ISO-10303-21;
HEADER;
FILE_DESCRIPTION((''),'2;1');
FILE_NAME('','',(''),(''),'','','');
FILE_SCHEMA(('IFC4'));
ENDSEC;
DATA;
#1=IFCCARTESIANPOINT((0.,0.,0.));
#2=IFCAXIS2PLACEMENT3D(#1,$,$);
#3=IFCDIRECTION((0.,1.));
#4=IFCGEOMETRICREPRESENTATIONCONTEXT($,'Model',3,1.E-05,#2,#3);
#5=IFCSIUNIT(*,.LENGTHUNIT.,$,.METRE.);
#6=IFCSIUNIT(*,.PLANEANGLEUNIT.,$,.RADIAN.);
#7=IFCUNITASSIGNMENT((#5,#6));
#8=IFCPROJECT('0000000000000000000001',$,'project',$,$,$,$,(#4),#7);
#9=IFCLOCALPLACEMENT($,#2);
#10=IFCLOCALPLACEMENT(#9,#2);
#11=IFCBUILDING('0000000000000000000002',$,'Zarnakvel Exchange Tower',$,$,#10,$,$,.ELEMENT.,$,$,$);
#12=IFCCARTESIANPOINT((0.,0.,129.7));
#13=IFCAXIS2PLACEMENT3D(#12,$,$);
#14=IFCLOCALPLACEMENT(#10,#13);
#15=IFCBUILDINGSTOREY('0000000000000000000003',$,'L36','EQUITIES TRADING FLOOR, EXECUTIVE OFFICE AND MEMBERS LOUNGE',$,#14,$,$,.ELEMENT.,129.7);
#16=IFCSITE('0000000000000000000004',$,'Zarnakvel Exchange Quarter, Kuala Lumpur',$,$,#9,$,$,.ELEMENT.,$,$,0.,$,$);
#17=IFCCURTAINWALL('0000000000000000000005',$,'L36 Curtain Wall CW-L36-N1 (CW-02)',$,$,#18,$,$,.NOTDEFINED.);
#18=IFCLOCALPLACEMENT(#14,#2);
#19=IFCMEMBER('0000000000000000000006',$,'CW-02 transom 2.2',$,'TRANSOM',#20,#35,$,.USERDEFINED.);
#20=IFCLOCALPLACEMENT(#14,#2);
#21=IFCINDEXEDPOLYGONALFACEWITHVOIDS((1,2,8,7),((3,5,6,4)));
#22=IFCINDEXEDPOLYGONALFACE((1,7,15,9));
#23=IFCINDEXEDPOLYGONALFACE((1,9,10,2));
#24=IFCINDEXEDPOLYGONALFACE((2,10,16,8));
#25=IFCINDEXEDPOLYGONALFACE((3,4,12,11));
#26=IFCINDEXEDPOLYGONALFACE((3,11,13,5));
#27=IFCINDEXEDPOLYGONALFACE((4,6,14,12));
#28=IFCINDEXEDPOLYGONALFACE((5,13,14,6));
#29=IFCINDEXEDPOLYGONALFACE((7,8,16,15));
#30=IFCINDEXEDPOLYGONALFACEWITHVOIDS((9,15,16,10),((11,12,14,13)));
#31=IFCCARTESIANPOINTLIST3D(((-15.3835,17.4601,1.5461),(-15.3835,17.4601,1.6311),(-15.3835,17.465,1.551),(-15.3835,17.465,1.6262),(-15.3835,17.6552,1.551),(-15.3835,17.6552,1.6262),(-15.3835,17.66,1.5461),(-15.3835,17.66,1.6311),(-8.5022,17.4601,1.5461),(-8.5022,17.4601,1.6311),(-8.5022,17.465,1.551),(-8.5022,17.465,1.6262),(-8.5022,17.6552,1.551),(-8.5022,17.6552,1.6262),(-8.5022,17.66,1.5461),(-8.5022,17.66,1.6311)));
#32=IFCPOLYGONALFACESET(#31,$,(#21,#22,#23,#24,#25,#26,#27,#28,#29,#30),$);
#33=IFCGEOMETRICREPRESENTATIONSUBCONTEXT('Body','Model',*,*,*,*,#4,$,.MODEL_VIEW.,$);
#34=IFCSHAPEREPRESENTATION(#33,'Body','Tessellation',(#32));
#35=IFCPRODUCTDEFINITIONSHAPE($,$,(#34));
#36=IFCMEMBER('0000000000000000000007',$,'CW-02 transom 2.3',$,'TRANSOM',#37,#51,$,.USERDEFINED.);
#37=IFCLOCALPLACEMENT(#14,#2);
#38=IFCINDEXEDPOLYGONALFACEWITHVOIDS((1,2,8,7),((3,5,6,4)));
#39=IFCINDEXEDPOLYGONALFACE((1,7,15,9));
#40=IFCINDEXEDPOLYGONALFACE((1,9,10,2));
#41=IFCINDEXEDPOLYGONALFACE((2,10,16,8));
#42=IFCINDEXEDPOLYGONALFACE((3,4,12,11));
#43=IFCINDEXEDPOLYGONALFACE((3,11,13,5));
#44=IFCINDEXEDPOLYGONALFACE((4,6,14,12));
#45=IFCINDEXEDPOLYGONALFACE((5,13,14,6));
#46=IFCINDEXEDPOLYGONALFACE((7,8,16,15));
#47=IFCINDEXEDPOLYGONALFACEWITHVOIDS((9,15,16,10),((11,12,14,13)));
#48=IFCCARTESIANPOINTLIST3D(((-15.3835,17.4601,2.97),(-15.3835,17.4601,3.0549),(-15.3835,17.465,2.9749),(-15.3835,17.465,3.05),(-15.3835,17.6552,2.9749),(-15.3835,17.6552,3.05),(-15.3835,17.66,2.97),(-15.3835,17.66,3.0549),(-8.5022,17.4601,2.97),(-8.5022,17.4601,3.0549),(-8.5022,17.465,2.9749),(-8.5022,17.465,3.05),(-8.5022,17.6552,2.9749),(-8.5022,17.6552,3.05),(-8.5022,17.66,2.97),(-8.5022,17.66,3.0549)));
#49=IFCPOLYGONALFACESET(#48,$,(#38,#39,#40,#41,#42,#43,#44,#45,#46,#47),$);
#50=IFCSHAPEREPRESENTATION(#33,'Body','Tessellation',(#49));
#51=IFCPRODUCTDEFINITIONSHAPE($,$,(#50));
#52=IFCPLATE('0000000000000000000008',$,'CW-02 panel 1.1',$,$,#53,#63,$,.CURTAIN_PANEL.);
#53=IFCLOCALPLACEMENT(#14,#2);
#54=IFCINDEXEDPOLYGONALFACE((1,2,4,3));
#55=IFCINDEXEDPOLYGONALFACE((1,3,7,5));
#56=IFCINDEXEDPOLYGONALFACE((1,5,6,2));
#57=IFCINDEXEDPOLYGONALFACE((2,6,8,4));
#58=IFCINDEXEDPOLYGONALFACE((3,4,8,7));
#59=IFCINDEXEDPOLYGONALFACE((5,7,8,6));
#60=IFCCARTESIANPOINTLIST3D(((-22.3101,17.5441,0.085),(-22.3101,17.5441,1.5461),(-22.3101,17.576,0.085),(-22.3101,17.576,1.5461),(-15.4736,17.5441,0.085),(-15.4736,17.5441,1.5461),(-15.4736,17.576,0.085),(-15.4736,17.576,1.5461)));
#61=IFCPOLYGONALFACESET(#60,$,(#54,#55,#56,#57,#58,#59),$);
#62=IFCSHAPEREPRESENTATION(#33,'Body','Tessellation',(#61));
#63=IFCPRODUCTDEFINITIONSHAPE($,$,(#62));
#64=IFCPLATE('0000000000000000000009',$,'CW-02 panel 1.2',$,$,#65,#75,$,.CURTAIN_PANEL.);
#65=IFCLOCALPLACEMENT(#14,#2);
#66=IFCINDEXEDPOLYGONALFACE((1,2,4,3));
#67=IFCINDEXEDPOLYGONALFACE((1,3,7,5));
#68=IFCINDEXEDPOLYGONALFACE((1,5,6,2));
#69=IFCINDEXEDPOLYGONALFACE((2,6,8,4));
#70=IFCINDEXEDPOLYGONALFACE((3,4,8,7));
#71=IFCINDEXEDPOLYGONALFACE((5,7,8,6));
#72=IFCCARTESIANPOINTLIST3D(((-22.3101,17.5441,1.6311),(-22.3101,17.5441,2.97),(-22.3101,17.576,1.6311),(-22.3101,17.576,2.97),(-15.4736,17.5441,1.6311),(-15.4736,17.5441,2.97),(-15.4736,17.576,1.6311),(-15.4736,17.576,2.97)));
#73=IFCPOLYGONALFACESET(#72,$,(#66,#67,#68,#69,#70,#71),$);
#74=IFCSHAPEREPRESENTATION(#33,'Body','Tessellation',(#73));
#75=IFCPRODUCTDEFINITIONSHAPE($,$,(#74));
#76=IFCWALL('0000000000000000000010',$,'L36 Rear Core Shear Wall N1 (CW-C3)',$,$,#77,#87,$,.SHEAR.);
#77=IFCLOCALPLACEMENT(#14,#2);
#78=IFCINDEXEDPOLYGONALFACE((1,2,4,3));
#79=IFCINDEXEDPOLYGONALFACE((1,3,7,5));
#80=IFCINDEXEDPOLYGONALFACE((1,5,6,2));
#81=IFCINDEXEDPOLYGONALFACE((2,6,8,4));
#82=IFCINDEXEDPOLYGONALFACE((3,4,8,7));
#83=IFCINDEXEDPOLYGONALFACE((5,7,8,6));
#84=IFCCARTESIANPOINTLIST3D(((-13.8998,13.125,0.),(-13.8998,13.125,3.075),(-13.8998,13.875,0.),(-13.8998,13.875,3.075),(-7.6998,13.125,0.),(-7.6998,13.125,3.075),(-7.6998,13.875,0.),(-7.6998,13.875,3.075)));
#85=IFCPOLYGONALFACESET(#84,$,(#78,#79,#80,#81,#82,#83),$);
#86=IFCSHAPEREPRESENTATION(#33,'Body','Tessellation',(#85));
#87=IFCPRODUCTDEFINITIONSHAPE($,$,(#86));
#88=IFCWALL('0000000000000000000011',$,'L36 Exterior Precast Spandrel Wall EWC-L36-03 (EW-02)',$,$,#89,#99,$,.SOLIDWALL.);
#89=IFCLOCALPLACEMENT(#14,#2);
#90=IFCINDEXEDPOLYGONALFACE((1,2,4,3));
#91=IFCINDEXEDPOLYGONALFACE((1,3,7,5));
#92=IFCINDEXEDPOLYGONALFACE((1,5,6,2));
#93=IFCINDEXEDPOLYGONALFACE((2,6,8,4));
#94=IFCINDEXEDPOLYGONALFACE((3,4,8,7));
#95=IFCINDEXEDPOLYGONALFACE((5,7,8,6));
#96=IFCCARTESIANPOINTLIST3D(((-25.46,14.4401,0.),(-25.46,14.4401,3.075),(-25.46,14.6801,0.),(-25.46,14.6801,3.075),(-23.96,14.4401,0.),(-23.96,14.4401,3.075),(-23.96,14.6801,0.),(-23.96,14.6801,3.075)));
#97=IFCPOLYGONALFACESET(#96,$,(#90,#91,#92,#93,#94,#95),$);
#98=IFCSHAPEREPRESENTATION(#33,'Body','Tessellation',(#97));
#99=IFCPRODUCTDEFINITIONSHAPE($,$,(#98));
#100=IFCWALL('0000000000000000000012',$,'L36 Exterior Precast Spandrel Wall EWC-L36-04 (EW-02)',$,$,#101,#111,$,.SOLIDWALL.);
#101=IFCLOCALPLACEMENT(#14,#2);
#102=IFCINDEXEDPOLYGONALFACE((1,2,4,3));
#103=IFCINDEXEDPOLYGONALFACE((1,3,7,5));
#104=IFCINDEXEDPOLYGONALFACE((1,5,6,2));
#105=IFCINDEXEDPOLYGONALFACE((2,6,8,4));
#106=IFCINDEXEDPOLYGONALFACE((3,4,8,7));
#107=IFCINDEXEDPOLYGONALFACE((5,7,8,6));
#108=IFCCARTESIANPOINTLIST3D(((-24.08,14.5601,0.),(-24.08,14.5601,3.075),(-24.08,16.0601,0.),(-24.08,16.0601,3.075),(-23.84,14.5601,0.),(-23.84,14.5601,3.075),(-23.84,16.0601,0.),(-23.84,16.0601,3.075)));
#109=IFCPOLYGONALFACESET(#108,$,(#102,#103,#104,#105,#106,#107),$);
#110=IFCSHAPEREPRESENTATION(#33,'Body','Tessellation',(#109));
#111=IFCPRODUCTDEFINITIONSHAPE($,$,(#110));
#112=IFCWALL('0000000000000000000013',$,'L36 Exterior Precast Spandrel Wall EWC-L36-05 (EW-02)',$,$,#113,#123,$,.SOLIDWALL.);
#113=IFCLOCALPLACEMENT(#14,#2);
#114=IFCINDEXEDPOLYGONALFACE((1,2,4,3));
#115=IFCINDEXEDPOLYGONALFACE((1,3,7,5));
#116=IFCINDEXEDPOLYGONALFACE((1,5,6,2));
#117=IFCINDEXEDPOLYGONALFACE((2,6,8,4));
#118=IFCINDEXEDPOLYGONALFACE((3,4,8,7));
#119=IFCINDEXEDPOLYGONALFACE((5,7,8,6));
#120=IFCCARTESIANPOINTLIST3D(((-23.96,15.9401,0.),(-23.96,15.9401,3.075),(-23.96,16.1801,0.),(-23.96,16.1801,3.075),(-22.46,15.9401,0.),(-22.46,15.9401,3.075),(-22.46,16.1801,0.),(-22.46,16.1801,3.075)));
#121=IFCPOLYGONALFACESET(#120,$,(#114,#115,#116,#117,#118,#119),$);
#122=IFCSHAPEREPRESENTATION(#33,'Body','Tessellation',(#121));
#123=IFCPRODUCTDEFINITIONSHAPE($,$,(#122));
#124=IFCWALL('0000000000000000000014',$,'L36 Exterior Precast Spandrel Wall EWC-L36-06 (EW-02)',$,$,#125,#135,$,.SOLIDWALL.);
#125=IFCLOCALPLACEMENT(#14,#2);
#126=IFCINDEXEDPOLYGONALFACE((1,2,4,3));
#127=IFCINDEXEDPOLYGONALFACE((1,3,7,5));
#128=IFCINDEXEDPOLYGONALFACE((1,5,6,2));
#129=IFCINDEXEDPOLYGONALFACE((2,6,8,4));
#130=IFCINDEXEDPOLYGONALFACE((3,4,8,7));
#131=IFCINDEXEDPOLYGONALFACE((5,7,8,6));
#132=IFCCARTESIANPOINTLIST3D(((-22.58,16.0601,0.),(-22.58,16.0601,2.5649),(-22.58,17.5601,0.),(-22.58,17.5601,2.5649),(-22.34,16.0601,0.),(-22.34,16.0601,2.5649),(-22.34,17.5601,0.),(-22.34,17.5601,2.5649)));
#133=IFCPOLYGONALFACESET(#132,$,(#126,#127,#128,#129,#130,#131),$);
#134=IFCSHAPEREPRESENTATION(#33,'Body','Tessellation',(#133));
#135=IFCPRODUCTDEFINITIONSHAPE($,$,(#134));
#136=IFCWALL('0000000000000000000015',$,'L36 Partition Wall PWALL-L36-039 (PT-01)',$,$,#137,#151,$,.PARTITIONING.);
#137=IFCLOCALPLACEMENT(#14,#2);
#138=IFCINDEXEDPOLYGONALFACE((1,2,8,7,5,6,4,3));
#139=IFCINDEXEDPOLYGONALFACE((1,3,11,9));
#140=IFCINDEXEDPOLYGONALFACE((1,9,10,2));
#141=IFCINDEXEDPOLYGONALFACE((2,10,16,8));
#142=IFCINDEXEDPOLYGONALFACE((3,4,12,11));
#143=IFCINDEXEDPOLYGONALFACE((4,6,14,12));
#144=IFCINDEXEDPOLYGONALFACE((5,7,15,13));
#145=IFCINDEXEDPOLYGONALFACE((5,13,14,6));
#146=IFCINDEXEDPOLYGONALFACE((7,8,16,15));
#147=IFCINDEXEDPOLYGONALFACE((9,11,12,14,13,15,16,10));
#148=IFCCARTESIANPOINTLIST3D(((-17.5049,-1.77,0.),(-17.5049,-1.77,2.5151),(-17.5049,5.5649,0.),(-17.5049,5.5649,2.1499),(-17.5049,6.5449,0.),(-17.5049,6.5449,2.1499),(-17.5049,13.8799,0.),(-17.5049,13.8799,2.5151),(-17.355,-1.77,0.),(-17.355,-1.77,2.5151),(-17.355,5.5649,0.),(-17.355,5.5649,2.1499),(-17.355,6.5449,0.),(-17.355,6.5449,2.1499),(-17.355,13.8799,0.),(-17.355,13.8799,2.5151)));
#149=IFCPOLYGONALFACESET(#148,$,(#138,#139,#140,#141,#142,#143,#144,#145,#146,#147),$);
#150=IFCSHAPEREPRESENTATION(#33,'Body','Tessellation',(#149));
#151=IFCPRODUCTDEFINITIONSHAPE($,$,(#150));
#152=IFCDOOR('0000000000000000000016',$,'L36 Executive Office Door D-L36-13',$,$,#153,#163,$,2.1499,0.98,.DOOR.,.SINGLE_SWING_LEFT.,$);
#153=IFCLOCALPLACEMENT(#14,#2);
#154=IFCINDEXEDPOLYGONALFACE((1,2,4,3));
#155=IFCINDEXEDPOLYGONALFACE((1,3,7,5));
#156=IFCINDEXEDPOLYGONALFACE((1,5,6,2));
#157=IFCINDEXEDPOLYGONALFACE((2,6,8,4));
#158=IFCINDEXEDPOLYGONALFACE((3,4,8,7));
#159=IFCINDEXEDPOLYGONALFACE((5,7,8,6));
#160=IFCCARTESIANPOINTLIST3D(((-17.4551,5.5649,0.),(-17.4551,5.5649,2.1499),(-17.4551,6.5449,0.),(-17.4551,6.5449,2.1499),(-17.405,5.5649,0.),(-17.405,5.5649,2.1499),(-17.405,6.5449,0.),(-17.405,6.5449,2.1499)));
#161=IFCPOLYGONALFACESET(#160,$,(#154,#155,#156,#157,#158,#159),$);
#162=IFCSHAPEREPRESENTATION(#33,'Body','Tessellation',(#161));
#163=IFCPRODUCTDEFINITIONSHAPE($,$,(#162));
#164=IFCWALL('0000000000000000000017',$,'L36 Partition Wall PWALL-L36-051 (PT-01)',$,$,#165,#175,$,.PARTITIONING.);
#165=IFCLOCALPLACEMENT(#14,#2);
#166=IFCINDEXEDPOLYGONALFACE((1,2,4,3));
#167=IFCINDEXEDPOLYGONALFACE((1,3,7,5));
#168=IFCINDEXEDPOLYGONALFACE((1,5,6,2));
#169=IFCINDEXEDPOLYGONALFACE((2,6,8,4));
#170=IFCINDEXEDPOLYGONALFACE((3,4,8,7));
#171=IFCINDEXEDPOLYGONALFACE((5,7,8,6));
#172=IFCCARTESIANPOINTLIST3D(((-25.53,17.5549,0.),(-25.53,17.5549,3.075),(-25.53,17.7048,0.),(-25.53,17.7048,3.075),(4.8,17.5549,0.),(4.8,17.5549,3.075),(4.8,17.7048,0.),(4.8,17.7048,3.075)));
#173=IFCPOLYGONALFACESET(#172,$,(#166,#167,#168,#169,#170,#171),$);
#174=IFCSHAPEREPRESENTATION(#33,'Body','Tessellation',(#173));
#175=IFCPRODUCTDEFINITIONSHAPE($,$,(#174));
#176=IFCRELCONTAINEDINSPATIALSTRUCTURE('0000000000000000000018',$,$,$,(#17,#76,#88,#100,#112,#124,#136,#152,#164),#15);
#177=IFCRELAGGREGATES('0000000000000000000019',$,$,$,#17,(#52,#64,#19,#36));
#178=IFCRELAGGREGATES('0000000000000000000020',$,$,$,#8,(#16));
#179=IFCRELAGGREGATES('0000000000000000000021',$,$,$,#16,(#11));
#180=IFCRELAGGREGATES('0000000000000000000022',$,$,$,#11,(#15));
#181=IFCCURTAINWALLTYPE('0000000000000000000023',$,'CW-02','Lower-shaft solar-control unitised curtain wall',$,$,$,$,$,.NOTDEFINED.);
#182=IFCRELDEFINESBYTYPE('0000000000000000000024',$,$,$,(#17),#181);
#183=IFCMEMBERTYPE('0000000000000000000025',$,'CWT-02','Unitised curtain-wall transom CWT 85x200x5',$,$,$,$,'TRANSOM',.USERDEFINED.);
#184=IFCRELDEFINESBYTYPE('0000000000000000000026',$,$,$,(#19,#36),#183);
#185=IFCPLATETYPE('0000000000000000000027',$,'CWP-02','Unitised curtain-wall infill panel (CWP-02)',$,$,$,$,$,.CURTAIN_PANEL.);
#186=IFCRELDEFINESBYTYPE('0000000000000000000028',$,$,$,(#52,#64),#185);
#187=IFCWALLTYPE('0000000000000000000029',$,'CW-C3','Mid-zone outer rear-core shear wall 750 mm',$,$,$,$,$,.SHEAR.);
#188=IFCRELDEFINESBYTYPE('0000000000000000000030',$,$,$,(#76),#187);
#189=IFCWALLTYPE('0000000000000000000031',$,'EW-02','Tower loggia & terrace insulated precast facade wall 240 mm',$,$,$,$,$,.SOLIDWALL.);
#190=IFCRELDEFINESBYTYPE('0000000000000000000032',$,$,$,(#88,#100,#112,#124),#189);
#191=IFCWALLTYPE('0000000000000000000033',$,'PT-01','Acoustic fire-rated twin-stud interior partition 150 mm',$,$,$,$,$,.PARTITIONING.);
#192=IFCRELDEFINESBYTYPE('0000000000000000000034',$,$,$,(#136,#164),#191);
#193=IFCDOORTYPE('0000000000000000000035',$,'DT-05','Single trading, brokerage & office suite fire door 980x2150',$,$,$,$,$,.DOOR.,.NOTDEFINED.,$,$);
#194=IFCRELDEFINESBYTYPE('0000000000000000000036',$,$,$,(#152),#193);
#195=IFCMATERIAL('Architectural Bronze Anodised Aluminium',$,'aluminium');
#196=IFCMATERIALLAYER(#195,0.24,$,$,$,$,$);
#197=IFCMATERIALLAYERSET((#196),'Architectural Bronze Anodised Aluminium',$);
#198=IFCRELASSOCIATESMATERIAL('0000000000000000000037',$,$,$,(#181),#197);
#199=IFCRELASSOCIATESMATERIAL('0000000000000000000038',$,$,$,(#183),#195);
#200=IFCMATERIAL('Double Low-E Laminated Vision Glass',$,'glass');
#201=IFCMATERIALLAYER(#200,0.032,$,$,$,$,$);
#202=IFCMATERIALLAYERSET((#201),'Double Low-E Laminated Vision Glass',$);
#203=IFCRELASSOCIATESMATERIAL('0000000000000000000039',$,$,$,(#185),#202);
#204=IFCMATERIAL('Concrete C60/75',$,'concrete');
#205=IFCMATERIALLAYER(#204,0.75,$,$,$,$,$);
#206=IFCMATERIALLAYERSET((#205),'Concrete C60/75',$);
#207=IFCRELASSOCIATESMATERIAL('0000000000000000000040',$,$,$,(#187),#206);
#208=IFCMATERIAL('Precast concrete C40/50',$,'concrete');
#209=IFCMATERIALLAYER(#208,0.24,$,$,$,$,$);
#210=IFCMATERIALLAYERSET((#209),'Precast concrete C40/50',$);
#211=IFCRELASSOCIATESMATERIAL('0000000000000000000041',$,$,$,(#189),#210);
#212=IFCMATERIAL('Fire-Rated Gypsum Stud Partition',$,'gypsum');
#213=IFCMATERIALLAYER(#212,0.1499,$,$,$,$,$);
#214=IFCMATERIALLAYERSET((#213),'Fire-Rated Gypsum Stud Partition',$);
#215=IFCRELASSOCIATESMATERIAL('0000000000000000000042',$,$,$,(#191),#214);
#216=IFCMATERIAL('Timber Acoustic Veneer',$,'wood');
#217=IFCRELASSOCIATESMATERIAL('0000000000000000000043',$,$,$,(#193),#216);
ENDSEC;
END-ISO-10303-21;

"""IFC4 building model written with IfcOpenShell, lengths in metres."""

from ifc_helpers import new_model, si_unit, direction, frame, frame_2d, origin, origin_2d, place, context, subcontext, project, spatial, rectangle, hollow_rectangle, extrude, source, transform, mapped, material, layer, layer_set, material_profile, profile_set, type_object, element, fill, aggregate, save


model = new_model("IFC4")

# Units and contexts
model_context = context("Model", 3, precision=1e-05, world=origin(), true_north=direction((0.0, 1.0)))
body_context = subcontext(model_context, "Body", "Model", "MODEL_VIEW")
ifc_project = project(units=[si_unit("LENGTHUNIT", "METRE"), si_unit("PLANEANGLEUNIT", "RADIAN")], contexts=[model_context])

# Site, building, storey
site_placement = place(None, origin())
site = spatial("IfcSite", under=ifc_project, at=site_placement, Name="Zarnakvel Exchange Quarter, Kuala Lumpur", CompositionType="ELEMENT", RefElevation=0.0)
building_placement = place(site_placement, origin())
building = spatial("IfcBuilding", under=site, at=building_placement, Name="Zarnakvel Exchange Tower", CompositionType="ELEMENT")
storey_placement = place(building_placement, frame((0.0, 0.0, 129.7)))
storey = spatial("IfcBuildingStorey", under=building, at=storey_placement, Name="L36", Description="EQUITIES TRADING FLOOR, EXECUTIVE OFFICE AND MEMBERS LOUNGE", CompositionType="ELEMENT", Elevation=129.7)

# Shared definitions
ifc_material_1 = material(Name="Concrete C60/75", Category="concrete")

# Curtain wall
ifc_material_2 = material(Name="Architectural Bronze Anodised Aluminium", Category="aluminium")
ifc_layer_1 = layer(ifc_material_2, 0.24)
ifc_layer_set_1 = layer_set([ifc_layer_1], Name="Architectural Bronze Anodised Aluminium")
curtain_wall_type_1 = type_object("IfcCurtainWallType", Name="CW-02", Description="Lower-shaft solar-control unitised curtain wall", PredefinedType="NOTDEFINED", material=ifc_layer_set_1)
curtain_wall_1_placement = place(storey_placement, origin())
curtain_wall_1 = element("IfcCurtainWall", 1, at=curtain_wall_1_placement, inside=storey, type_object=curtain_wall_type_1, Name="L36 Curtain Wall CW-L36-N1 (CW-02)", PredefinedType="NOTDEFINED")

# Members
ifc_material_profile_1 = material_profile(ifc_material_2, hollow_rectangle(XDim=0.2, YDim=0.085, WallThickness=0.0049, at=origin_2d()))
ifc_profile_set_1 = profile_set([ifc_material_profile_1], Name="Architectural Bronze Anodised Aluminium")
member_type_1 = type_object("IfcMemberType", Name="CWT-02", Description="Unitised curtain-wall transom CWT 85x200x5", ElementType="TRANSOM", PredefinedType="USERDEFINED", material=ifc_profile_set_1)
shared_shape_1 = source(origin(), body_context, "Body", "SweptSolid", [
    extrude(hollow_rectangle(XDim=0.2, YDim=0.085, WallThickness=0.0049, at=origin_2d()), origin(), (0.0, 0.0, 1.0), 6.8813),
])
member_1_placement = place(storey_placement, frame((-15.3835, 17.5601, 1.5886), z_axis=(1.0, 0.0, 0.0), x_axis=(0.0, 1.0, 0.0)))
member_1 = element("IfcMember", 2, at=member_1_placement, type_object=member_type_1, Name="CW-02 transom 2.2", ObjectType="TRANSOM", PredefinedType="USERDEFINED", context=body_context, shape_type="MappedRepresentation", body=[
    mapped(shared_shape_1, transform((0.0, 0.0, 0.0), x_axis=(1.0, 0.0, 0.0), y_axis=(0.0, 1.0, 0.0), z_axis=(0.0, 0.0, 1.0), scale=1.0)),
])
member_2_placement = place(storey_placement, frame((-15.3835, 17.5601, 3.0125), z_axis=(1.0, 0.0, 0.0), x_axis=(0.0, 1.0, 0.0)))
member_2 = element("IfcMember", 3, at=member_2_placement, type_object=member_type_1, Name="CW-02 transom 2.3", ObjectType="TRANSOM", PredefinedType="USERDEFINED", context=body_context, shape_type="MappedRepresentation", body=[
    mapped(shared_shape_1, transform((0.0, 0.0, 0.0), x_axis=(1.0, 0.0, 0.0), y_axis=(0.0, 1.0, 0.0), z_axis=(0.0, 0.0, 1.0), scale=1.0)),
])

# Plates
ifc_material_3 = material(Name="Double Low-E Laminated Vision Glass", Category="glass")
ifc_layer_2 = layer(ifc_material_3, 0.032)
ifc_layer_set_2 = layer_set([ifc_layer_2], Name="Double Low-E Laminated Vision Glass")
plate_type = type_object("IfcPlateType", Name="CWP-02", Description="Unitised curtain-wall infill panel (CWP-02)", PredefinedType="CURTAIN_PANEL", material=ifc_layer_set_2)
shared_shape_2 = source(origin(), body_context, "Body", "SweptSolid", [
    extrude(rectangle(XDim=6.8364, YDim=0.032, at=origin_2d()), origin(), (0.0, 0.0, 1.0), 1.4612),
])
plate_1_placement = place(storey_placement, frame((-18.8918, 17.5601, 0.085), z_axis=(0.0, 0.0, 1.0), x_axis=(1.0, 0.0, 0.0)))
plate_1 = element("IfcPlate", 4, at=plate_1_placement, type_object=plate_type, Name="CW-02 panel 1.1", PredefinedType="CURTAIN_PANEL", context=body_context, shape_type="MappedRepresentation", body=[
    mapped(shared_shape_2, transform((0.0, 0.0, 0.0), x_axis=(1.0, 0.0, 0.0), y_axis=(0.0, 1.0, 0.0), z_axis=(0.0, 0.0, 1.0), scale=1.0)),
])
shared_shape_3 = source(origin(), body_context, "Body", "SweptSolid", [
    extrude(rectangle(XDim=6.8364, YDim=0.032, at=origin_2d()), origin(), (0.0, 0.0, 1.0), 1.3389),
])
plate_2_placement = place(storey_placement, frame((-18.8918, 17.5601, 1.6311), z_axis=(0.0, 0.0, 1.0), x_axis=(1.0, 0.0, 0.0)))
plate_2 = element("IfcPlate", 5, at=plate_2_placement, type_object=plate_type, Name="CW-02 panel 1.2", PredefinedType="CURTAIN_PANEL", context=body_context, shape_type="MappedRepresentation", body=[
    mapped(shared_shape_3, transform((0.0, 0.0, 0.0), x_axis=(1.0, 0.0, 0.0), y_axis=(0.0, 1.0, 0.0), z_axis=(0.0, 0.0, 1.0), scale=1.0)),
])
aggregate(curtain_wall_1, [plate_1, plate_2, member_1, member_2])

# Walls
ifc_layer_3 = layer(ifc_material_1, 0.75)
ifc_layer_set_3 = layer_set([ifc_layer_3], Name="Concrete C60/75")
wall_type_1 = type_object("IfcWallType", Name="CW-C3", Description="Mid-zone outer rear-core shear wall 750 mm", PredefinedType="SHEAR", material=ifc_layer_set_3)
wall_1_placement = place(storey_placement, frame((-13.8999, 13.5, 0.0), z_axis=(0.0, 0.0, 1.0), x_axis=(1.0, 0.0, 0.0)))
element("IfcWall", 6, at=wall_1_placement, inside=storey, type_object=wall_type_1, Name="L36 Rear Core Shear Wall N1 (CW-C3)", PredefinedType="SHEAR", context=body_context, shape_type="SweptSolid", body=[
    extrude(rectangle(XDim=6.2, YDim=0.75, at=frame_2d((3.1001, 0.0))), origin(), (0.0, 0.0, 1.0), 3.075),
])
ifc_material_4 = material(Name="Precast concrete C40/50", Category="concrete")
ifc_layer_4 = layer(ifc_material_4, 0.24)
ifc_layer_set_4 = layer_set([ifc_layer_4], Name="Precast concrete C40/50")
wall_type_2 = type_object("IfcWallType", Name="EW-02", Description="Tower loggia & terrace insulated precast facade wall 240 mm", PredefinedType="SOLIDWALL", material=ifc_layer_set_4)
for number, where, z_axis, x_axis, name in (
    (7, (-23.96, 14.5601, 0.0), (0.0, 0.0, 1.0), (-1.0, 0.0, 0.0), "L36 Exterior Precast Spandrel Wall EWC-L36-03 (EW-02)"),
    (8, (-23.96, 16.0601, 0.0), (0.0, 0.0, 1.0), (0.0, -1.0, 0.0), "L36 Exterior Precast Spandrel Wall EWC-L36-04 (EW-02)"),
    (9, (-22.46, 16.0601, 0.0), (0.0, 0.0, 1.0), (-1.0, 0.0, 0.0), "L36 Exterior Precast Spandrel Wall EWC-L36-05 (EW-02)"),
):
    element("IfcWall", number, at=place(storey_placement, frame(where, z_axis=z_axis, x_axis=x_axis)), inside=storey, type_object=wall_type_2, Name=name, PredefinedType="SOLIDWALL", context=body_context, shape_type="SweptSolid", body=[
        extrude(rectangle(XDim=1.5, YDim=0.24, at=frame_2d((0.75, 0.0))), origin(), (0.0, 0.0, 1.0), 3.075),
    ])
wall_2_placement = place(storey_placement, frame((-22.46, 17.5601, 0.0), z_axis=(0.0, 0.0, 1.0), x_axis=(0.0, -1.0, 0.0)))
element("IfcWall", 10, at=wall_2_placement, inside=storey, type_object=wall_type_2, Name="L36 Exterior Precast Spandrel Wall EWC-L36-06 (EW-02)", PredefinedType="SOLIDWALL", context=body_context, shape_type="SweptSolid", body=[
    extrude(rectangle(XDim=1.5, YDim=0.24, at=frame_2d((0.75, 0.0))), origin(), (0.0, 0.0, 1.0), 2.5649),
])

# Wall, opening, door
ifc_material_5 = material(Name="Fire-Rated Gypsum Stud Partition", Category="gypsum")
ifc_layer_5 = layer(ifc_material_5, 0.1499)
ifc_layer_set_5 = layer_set([ifc_layer_5], Name="Fire-Rated Gypsum Stud Partition")
wall_type_3 = type_object("IfcWallType", Name="PT-01", Description="Acoustic fire-rated twin-stud interior partition 150 mm", PredefinedType="PARTITIONING", material=ifc_layer_set_5)
ifc_material_6 = material(Name="Timber Acoustic Veneer", Category="wood")
door_type = type_object("IfcDoorType", Name="DT-05", Description="Single trading, brokerage & office suite fire door 980x2150", OperationType="NOTDEFINED", PredefinedType="DOOR", material=ifc_material_6)
shared_shape_4 = source(origin(), body_context, "Body", "SweptSolid", [
    extrude(rectangle(XDim=0.98, YDim=2.1499, at=frame_2d((0.49, 1.075))), frame((0.0, 0.0249, 0.0), z_axis=(0.0, -1.0, 0.0), x_axis=(1.0, 0.0, 0.0)), (0.0, 0.0, 1.0), 0.05),
])
wall_3_placement = place(storey_placement, frame((-17.4299, 13.8799, 0.0), z_axis=(0.0, 0.0, 1.0), x_axis=(0.0, -1.0, 0.0)))
wall_3 = element("IfcWall", 11, at=wall_3_placement, inside=storey, type_object=wall_type_3, Name="L36 Partition Wall PWALL-L36-039 (PT-01)", PredefinedType="PARTITIONING", context=body_context, shape_type="SweptSolid", body=[
    extrude(rectangle(XDim=15.6499, YDim=0.1499, at=frame_2d((7.825, 0.0))), origin(), (0.0, 0.0, 1.0), 2.5151),
])
opening_1_placement = place(wall_3_placement, frame((7.335, 0.0, 0.0)))
opening_1 = element("IfcOpeningElement", 12, at=opening_1_placement, cuts=wall_3, PredefinedType="OPENING", context=body_context, shape_type="SweptSolid", body=[
    extrude(rectangle(XDim=0.98, YDim=2.1499, at=frame_2d((0.49, 1.075))), frame((0.0, 0.085, 0.0), z_axis=(0.0, -1.0, 0.0), x_axis=(1.0, 0.0, 0.0)), (0.0, 0.0, 1.0), 0.1699),
])
door_1_placement = place(opening_1_placement, origin())
door_1 = element("IfcDoor", 13, at=door_1_placement, inside=storey, type_object=door_type, Name="L36 Executive Office Door D-L36-13", OperationType="SINGLE_SWING_LEFT", OverallHeight=2.1499, OverallWidth=0.98, PredefinedType="DOOR", context=body_context, shape_type="MappedRepresentation", body=[
    mapped(shared_shape_4, transform((0.0, 0.0, 0.0), x_axis=(1.0, 0.0, 0.0), y_axis=(0.0, 1.0, 0.0), z_axis=(0.0, 0.0, 1.0), scale=1.0)),
])
fill(opening_1, door_1)

# Wall
wall_4_placement = place(storey_placement, frame((-25.53, 17.6299, 0.0), z_axis=(0.0, 0.0, 1.0), x_axis=(1.0, 0.0, 0.0)))
element("IfcWall", 14, at=wall_4_placement, inside=storey, type_object=wall_type_3, Name="L36 Partition Wall PWALL-L36-051 (PT-01)", PredefinedType="PARTITIONING", context=body_context, shape_type="SweptSolid", body=[
    extrude(rectangle(XDim=30.3301, YDim=0.1499, at=frame_2d((15.165, 0.0))), origin(), (0.0, 0.0, 1.0), 3.075),
])

save(model, "model.ifc")
